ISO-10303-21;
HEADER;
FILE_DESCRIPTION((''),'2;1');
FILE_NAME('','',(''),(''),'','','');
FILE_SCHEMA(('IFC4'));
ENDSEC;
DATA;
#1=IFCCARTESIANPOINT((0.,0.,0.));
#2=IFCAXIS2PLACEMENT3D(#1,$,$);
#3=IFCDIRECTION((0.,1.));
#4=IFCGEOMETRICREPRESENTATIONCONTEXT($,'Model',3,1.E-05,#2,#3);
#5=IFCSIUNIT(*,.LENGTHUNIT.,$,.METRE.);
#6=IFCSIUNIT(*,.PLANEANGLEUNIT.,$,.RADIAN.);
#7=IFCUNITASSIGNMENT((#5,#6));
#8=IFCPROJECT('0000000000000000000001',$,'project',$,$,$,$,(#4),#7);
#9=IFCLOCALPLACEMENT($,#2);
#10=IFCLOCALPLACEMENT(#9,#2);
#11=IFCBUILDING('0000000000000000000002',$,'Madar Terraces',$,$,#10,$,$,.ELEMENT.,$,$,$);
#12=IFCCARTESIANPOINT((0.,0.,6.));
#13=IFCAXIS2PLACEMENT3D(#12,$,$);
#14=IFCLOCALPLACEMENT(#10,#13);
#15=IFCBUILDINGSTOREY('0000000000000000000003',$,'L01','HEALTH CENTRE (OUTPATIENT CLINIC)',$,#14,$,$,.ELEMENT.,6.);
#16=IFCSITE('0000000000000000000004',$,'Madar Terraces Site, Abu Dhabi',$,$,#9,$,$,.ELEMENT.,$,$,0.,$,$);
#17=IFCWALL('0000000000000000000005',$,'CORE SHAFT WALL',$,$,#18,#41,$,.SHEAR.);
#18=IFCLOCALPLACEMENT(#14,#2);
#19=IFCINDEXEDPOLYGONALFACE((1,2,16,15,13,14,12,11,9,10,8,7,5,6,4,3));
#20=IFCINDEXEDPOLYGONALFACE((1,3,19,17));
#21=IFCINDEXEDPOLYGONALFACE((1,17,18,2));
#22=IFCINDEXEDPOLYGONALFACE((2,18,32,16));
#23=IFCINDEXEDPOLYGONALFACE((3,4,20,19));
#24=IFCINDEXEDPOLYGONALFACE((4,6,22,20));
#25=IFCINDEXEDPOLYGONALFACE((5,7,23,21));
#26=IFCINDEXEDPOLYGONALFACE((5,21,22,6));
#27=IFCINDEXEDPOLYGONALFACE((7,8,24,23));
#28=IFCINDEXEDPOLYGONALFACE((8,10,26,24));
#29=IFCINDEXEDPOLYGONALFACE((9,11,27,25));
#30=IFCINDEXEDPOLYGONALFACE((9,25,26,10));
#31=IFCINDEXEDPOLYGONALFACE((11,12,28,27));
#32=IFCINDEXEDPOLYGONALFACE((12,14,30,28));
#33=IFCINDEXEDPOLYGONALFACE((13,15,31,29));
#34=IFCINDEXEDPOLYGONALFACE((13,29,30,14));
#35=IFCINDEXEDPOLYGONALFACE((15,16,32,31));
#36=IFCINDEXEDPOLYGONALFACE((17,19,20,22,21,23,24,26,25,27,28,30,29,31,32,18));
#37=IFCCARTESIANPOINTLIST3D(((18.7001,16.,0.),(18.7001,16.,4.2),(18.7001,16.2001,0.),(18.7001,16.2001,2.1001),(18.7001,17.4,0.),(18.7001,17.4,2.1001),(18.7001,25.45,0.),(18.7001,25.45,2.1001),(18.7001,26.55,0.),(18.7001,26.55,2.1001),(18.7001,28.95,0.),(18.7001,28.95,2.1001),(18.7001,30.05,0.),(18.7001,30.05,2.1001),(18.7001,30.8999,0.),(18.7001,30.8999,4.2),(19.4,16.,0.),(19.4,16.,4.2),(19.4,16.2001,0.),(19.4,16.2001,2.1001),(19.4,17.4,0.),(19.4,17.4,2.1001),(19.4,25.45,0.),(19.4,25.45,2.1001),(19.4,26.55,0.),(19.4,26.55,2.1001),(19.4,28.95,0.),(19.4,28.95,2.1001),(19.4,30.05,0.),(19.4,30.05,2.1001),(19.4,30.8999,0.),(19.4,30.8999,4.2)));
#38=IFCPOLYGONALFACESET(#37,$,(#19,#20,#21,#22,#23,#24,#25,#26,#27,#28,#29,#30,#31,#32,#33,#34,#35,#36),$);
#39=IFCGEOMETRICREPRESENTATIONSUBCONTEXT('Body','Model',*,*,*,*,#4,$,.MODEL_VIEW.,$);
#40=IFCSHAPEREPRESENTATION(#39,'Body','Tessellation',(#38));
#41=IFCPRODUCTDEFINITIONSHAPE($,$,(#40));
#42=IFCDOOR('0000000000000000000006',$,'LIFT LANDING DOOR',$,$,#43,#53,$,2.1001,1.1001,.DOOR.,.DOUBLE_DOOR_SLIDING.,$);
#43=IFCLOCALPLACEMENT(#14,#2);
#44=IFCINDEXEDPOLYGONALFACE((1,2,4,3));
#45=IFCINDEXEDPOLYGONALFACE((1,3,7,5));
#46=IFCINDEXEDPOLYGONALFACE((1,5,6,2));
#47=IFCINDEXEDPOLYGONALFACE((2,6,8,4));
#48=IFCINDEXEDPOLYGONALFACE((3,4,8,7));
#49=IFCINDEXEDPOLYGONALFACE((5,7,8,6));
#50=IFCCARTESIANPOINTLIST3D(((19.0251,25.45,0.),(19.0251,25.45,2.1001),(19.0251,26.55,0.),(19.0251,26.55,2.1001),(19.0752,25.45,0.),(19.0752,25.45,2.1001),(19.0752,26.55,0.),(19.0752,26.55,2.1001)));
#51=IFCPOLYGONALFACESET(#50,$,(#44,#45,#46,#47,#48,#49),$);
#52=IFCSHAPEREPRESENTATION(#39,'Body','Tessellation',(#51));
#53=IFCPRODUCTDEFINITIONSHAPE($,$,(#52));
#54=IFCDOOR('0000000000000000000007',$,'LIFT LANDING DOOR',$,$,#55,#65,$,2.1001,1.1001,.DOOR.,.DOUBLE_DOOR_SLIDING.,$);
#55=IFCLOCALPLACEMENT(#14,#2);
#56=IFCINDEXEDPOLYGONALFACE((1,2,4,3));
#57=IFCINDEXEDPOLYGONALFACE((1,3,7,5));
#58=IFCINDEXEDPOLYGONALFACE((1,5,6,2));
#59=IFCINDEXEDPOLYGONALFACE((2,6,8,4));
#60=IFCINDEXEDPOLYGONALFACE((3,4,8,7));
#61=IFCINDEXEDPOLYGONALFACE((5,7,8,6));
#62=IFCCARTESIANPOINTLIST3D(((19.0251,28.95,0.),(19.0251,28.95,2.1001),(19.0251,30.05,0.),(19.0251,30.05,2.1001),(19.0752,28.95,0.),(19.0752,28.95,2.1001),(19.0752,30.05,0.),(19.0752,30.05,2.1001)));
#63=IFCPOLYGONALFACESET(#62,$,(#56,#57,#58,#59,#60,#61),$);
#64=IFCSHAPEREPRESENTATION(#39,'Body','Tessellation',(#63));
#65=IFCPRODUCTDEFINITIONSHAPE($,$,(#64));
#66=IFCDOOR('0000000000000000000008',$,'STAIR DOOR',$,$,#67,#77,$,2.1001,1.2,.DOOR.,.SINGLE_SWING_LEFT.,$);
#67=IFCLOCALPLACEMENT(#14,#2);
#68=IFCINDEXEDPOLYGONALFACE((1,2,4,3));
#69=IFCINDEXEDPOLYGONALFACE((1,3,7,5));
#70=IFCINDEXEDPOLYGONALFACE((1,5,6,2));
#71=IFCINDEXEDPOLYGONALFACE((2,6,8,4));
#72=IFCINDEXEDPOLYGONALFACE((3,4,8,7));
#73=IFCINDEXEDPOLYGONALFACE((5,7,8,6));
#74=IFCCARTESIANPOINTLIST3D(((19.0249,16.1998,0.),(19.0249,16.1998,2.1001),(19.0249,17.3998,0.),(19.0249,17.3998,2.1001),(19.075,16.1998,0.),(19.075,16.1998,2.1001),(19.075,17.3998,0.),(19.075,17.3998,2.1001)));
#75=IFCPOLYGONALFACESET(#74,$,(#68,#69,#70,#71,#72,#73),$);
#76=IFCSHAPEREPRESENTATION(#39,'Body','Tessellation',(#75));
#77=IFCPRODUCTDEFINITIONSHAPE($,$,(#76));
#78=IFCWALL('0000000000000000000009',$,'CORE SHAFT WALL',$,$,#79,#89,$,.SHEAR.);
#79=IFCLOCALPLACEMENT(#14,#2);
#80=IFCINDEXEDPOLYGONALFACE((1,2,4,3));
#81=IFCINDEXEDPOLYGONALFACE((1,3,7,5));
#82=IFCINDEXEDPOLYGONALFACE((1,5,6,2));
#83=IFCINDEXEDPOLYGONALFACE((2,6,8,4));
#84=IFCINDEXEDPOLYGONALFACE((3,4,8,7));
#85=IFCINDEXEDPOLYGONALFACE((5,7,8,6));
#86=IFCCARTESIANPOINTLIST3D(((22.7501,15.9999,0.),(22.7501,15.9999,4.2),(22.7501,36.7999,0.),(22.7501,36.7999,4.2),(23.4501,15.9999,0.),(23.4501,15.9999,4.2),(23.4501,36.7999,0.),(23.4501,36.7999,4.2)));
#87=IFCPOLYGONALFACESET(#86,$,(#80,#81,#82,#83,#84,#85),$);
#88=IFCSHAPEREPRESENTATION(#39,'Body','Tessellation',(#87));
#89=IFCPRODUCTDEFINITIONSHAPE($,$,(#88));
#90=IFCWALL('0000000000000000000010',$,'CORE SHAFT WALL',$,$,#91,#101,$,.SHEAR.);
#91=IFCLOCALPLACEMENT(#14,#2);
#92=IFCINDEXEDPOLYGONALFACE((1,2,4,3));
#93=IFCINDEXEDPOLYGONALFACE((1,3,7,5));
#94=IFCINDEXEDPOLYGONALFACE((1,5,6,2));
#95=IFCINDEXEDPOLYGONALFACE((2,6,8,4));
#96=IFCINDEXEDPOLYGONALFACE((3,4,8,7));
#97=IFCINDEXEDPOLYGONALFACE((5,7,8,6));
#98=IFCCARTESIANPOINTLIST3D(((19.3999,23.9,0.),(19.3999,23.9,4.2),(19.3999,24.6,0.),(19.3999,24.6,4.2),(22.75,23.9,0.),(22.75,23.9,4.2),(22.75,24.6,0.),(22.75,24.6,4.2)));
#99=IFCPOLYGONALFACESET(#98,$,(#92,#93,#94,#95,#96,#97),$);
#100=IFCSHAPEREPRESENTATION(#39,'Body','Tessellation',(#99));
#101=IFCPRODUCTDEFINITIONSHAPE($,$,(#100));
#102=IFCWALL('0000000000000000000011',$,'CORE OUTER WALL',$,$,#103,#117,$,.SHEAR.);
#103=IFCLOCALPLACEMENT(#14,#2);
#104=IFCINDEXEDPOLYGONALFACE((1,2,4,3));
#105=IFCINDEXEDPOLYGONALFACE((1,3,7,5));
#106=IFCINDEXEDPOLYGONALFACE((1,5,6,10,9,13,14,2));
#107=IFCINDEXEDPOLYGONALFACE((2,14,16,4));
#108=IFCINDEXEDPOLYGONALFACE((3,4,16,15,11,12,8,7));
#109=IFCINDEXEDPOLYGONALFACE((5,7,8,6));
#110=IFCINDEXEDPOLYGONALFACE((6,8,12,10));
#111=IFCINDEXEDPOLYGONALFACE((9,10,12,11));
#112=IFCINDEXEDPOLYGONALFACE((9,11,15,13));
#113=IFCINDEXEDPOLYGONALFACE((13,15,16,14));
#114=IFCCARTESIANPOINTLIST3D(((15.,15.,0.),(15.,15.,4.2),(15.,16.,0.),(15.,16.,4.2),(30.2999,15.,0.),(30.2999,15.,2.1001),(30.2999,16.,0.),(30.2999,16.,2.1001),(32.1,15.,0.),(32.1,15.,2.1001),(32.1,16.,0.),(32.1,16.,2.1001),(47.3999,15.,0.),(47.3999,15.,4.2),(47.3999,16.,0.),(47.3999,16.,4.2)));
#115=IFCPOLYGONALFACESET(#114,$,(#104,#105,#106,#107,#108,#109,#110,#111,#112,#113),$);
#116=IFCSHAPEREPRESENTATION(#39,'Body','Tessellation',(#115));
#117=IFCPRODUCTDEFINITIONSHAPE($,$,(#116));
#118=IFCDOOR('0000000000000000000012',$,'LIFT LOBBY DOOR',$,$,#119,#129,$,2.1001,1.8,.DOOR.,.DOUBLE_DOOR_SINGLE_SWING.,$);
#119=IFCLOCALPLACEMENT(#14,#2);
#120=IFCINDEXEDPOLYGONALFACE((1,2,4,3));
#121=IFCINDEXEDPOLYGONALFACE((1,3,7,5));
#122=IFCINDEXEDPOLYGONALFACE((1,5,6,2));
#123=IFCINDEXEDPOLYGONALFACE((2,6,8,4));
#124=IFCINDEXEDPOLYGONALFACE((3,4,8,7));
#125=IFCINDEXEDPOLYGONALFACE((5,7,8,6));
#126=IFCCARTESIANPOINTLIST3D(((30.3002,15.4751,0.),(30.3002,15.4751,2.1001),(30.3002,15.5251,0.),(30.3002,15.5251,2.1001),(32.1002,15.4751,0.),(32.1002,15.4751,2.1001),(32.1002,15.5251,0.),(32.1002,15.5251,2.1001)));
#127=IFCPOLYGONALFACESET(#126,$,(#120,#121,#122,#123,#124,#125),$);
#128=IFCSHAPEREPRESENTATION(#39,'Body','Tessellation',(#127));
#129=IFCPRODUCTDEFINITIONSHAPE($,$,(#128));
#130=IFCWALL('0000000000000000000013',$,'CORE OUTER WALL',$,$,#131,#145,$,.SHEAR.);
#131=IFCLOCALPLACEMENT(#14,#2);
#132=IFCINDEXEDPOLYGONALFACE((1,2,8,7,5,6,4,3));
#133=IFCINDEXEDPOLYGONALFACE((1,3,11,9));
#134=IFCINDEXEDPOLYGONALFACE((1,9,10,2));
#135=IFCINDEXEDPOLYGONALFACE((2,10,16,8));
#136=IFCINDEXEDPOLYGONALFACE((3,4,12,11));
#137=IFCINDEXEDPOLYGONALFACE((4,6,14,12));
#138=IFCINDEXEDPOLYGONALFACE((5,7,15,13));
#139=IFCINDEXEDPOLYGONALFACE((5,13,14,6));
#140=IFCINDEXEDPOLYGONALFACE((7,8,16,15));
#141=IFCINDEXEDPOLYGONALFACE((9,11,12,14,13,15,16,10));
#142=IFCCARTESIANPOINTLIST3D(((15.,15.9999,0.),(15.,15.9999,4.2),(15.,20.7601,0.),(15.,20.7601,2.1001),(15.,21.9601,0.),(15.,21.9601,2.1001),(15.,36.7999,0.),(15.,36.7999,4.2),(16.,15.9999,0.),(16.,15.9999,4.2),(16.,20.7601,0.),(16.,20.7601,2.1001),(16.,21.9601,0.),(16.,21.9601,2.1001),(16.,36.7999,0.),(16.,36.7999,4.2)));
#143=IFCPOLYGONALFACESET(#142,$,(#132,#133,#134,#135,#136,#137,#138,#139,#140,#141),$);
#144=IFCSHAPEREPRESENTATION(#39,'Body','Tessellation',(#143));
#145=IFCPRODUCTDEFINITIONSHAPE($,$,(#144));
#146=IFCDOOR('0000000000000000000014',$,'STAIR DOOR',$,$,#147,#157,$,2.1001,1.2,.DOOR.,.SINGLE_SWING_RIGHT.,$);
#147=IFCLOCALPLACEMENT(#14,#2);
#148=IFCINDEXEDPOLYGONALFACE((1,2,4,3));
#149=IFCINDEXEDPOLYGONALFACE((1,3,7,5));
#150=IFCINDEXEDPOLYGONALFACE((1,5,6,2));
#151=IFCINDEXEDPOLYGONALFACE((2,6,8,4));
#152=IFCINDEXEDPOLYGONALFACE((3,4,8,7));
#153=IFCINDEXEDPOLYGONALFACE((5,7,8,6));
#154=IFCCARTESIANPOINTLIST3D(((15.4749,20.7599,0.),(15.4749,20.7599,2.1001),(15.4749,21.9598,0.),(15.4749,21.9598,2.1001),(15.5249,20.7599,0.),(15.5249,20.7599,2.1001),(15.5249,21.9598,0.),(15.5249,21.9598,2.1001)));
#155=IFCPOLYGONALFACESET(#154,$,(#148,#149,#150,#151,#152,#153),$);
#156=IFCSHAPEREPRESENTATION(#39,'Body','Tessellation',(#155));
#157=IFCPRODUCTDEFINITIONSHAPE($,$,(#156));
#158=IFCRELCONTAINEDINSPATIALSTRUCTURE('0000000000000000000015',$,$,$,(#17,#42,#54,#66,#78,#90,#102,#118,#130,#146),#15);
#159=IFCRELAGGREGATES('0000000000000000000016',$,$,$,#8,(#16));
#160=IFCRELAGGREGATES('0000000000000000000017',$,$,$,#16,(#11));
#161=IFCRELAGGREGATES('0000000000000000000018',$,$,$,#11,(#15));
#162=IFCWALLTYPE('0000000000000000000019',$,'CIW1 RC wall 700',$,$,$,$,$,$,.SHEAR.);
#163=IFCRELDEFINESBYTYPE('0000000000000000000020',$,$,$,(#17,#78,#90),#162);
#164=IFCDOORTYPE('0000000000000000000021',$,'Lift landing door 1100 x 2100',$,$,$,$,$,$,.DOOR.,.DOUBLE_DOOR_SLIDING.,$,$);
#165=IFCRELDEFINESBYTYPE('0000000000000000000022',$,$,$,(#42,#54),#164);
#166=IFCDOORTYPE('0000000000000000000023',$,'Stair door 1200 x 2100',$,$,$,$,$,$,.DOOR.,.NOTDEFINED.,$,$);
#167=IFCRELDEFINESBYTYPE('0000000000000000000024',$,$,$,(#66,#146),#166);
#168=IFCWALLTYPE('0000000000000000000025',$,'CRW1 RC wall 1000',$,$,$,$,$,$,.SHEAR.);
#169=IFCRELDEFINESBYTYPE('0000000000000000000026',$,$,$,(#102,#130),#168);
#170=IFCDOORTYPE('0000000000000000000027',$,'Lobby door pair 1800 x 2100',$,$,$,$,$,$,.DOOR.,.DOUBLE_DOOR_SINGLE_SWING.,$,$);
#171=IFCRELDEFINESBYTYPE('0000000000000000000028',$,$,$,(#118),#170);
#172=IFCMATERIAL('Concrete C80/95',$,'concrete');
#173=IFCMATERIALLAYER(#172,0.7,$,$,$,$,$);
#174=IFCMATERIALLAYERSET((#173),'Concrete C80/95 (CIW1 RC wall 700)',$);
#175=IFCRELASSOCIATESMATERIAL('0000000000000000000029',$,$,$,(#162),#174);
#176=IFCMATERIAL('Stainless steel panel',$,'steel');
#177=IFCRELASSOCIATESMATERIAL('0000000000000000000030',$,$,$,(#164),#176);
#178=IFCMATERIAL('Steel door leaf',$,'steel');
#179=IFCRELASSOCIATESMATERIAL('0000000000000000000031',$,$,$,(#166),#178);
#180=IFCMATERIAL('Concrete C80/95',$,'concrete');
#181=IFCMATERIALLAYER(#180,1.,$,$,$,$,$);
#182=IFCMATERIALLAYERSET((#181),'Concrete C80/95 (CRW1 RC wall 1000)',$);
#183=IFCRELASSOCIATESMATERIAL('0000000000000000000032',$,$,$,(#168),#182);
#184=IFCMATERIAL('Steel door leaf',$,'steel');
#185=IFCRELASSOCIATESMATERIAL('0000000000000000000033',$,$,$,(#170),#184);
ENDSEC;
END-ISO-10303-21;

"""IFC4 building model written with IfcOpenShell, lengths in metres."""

from ifc_helpers import new_model, si_unit, direction, frame, frame_2d, origin, place, context, subcontext, project, spatial, rectangle, extrude, material, layer, layer_set, type_object, element, fill, save


model = new_model("IFC4")

# Units and contexts
model_context = context("Model", 3, precision=1e-05, world=origin(), true_north=direction((0.0, 1.0)))
body_context = subcontext(model_context, "Body", "Model", "MODEL_VIEW")
ifc_project = project(units=[si_unit("LENGTHUNIT", "METRE"), si_unit("PLANEANGLEUNIT", "RADIAN")], contexts=[model_context])

# Site, building, storey
site_placement = place(None, origin())
site = spatial("IfcSite", under=ifc_project, at=site_placement, Name="Madar Terraces Site, Abu Dhabi", CompositionType="ELEMENT", RefElevation=0.0)
building_placement = place(site_placement, origin())
building = spatial("IfcBuilding", under=site, at=building_placement, Name="Madar Terraces", CompositionType="ELEMENT")
storey_placement = place(building_placement, frame((0.0, 0.0, 6.0)))
storey = spatial("IfcBuildingStorey", under=building, at=storey_placement, Name="L01", Description="HEALTH CENTRE (OUTPATIENT CLINIC)", CompositionType="ELEMENT", Elevation=6.0)

# Wall, openings, doors
ifc_material_1 = material(Name="Concrete C80/95", Category="concrete")
ifc_layer_1 = layer(ifc_material_1, 0.7)
ifc_layer_set_1 = layer_set([ifc_layer_1], Name="Concrete C80/95 (CIW1 RC wall 700)")
wall_type_1 = type_object("IfcWallType", Name="CIW1 RC wall 700", PredefinedType="SHEAR", material=ifc_layer_set_1)
wall_1_placement = place(storey_placement, frame((19.05, 16.0, 0.0), z_axis=(0.0, 0.0, 1.0), x_axis=(0.0, 1.0, 0.0)))
wall_1 = element("IfcWall", 1, at=wall_1_placement, inside=storey, type_object=wall_type_1, Name="CORE SHAFT WALL", PredefinedType="SHEAR", context=body_context, shape_type="SweptSolid", body=[
    extrude(rectangle(XDim=14.8999, YDim=0.7, at=frame_2d((7.45, 0.0))), origin(), (0.0, 0.0, 1.0), 4.2),
])
opening_1_placement = place(wall_1_placement, frame((9.45, 0.0, 0.0)))
opening_1 = element("IfcOpeningElement", 2, at=opening_1_placement, cuts=wall_1, PredefinedType="OPENING", context=body_context, shape_type="SweptSolid", body=[
    extrude(rectangle(XDim=1.1001, YDim=2.1001, at=frame_2d((0.55, 1.05))), frame((0.0, 0.3599, 0.0), z_axis=(0.0, -1.0, 0.0), x_axis=(1.0, 0.0, 0.0)), (0.0, 0.0, 1.0), 0.72),
])
opening_2_placement = place(wall_1_placement, frame((12.95, 0.0, 0.0)))
opening_2 = element("IfcOpeningElement", 3, at=opening_2_placement, cuts=wall_1, PredefinedType="OPENING", context=body_context, shape_type="SweptSolid", body=[
    extrude(rectangle(XDim=1.1001, YDim=2.1001, at=frame_2d((0.55, 1.05))), frame((0.0, 0.3599, 0.0), z_axis=(0.0, -1.0, 0.0), x_axis=(1.0, 0.0, 0.0)), (0.0, 0.0, 1.0), 0.72),
])
opening_3_placement = place(wall_1_placement, frame((0.2, 0.0, 0.0)))
opening_3 = element("IfcOpeningElement", 4, at=opening_3_placement, cuts=wall_1, PredefinedType="OPENING", context=body_context, shape_type="SweptSolid", body=[
    extrude(rectangle(XDim=1.2, YDim=2.1001, at=frame_2d((0.6001, 1.05))), frame((0.0, 0.3599, 0.0), z_axis=(0.0, -1.0, 0.0), x_axis=(1.0, 0.0, 0.0)), (0.0, 0.0, 1.0), 0.72),
])
ifc_material_2 = material(Name="Stainless steel panel", Category="steel")
door_type_1 = type_object("IfcDoorType", Name="Lift landing door 1100 x 2100", OperationType="DOUBLE_DOOR_SLIDING", PredefinedType="DOOR", material=ifc_material_2)
door_1_placement = place(opening_1_placement, origin())
door_1 = element("IfcDoor", 5, at=door_1_placement, inside=storey, type_object=door_type_1, Name="LIFT LANDING DOOR", OperationType="DOUBLE_DOOR_SLIDING", OverallHeight=2.1001, OverallWidth=1.1001, PredefinedType="DOOR", context=body_context, shape_type="SweptSolid", body=[
    extrude(rectangle(XDim=1.1001, YDim=2.1001, at=frame_2d((0.55, 1.05))), frame((0.0, 0.0249, 0.0), z_axis=(0.0, -1.0, 0.0), x_axis=(1.0, 0.0, 0.0)), (0.0, 0.0, 1.0), 0.05),
])
fill(opening_1, door_1)
door_2_placement = place(opening_2_placement, origin())
door_2 = element("IfcDoor", 6, at=door_2_placement, inside=storey, type_object=door_type_1, Name="LIFT LANDING DOOR", OperationType="DOUBLE_DOOR_SLIDING", OverallHeight=2.1001, OverallWidth=1.1001, PredefinedType="DOOR", context=body_context, shape_type="SweptSolid", body=[
    extrude(rectangle(XDim=1.1001, YDim=2.1001, at=frame_2d((0.55, 1.05))), frame((0.0, 0.0249, 0.0), z_axis=(0.0, -1.0, 0.0), x_axis=(1.0, 0.0, 0.0)), (0.0, 0.0, 1.0), 0.05),
])
fill(opening_2, door_2)
ifc_material_3 = material(Name="Steel door leaf", Category="steel")
door_type_2 = type_object("IfcDoorType", Name="Stair door 1200 x 2100", OperationType="NOTDEFINED", PredefinedType="DOOR", material=ifc_material_3)
door_3_placement = place(opening_3_placement, frame((1.2, 0.0, 0.0), z_axis=(0.0, 0.0, 1.0), x_axis=(-1.0, 0.0, 0.0)))
door_3 = element("IfcDoor", 7, at=door_3_placement, inside=storey, type_object=door_type_2, Name="STAIR DOOR", OperationType="SINGLE_SWING_LEFT", OverallHeight=2.1001, OverallWidth=1.2, PredefinedType="DOOR", context=body_context, shape_type="SweptSolid", body=[
    extrude(rectangle(XDim=1.2, YDim=2.1001, at=frame_2d((0.6001, 1.05))), frame((0.0, 0.0249, 0.0), z_axis=(0.0, -1.0, 0.0), x_axis=(1.0, 0.0, 0.0)), (0.0, 0.0, 1.0), 0.05),
])
fill(opening_3, door_3)

# Walls
wall_2_placement = place(storey_placement, frame((23.1001, 16.0, 0.0), z_axis=(0.0, 0.0, 1.0), x_axis=(0.0, 1.0, 0.0)))
element("IfcWall", 8, at=wall_2_placement, inside=storey, type_object=wall_type_1, Name="CORE SHAFT WALL", PredefinedType="SHEAR", context=body_context, shape_type="SweptSolid", body=[
    extrude(rectangle(XDim=20.8, YDim=0.7, at=frame_2d((10.3999, 0.0))), origin(), (0.0, 0.0, 1.0), 4.2),
])
wall_3_placement = place(storey_placement, frame((19.3999, 24.25, 0.0), z_axis=(0.0, 0.0, 1.0), x_axis=(1.0, 0.0, 0.0)))
element("IfcWall", 9, at=wall_3_placement, inside=storey, type_object=wall_type_1, Name="CORE SHAFT WALL", PredefinedType="SHEAR", context=body_context, shape_type="SweptSolid", body=[
    extrude(rectangle(XDim=3.3501, YDim=0.7, at=frame_2d((1.675, 0.0))), origin(), (0.0, 0.0, 1.0), 4.2),
])

# Walls, openings, doors
ifc_material_4 = material(Name="Concrete C80/95", Category="concrete")
ifc_layer_2 = layer(ifc_material_4, 1.0)
ifc_layer_set_2 = layer_set([ifc_layer_2], Name="Concrete C80/95 (CRW1 RC wall 1000)")
wall_type_2 = type_object("IfcWallType", Name="CRW1 RC wall 1000", PredefinedType="SHEAR", material=ifc_layer_set_2)
wall_4_placement = place(storey_placement, frame((15.0, 15.5, 0.0), z_axis=(0.0, 0.0, 1.0), x_axis=(1.0, 0.0, 0.0)))
wall_4 = element("IfcWall", 10, at=wall_4_placement, inside=storey, type_object=wall_type_2, Name="CORE OUTER WALL", PredefinedType="SHEAR", context=body_context, shape_type="SweptSolid", body=[
    extrude(rectangle(XDim=32.3999, YDim=1.0, at=frame_2d((16.2, 0.0))), origin(), (0.0, 0.0, 1.0), 4.2),
])
opening_4_placement = place(wall_4_placement, frame((15.3, 0.0, 0.0)))
opening_4 = element("IfcOpeningElement", 11, at=opening_4_placement, cuts=wall_4, PredefinedType="OPENING", context=body_context, shape_type="SweptSolid", body=[
    extrude(rectangle(XDim=1.8, YDim=2.1001, at=frame_2d((0.8999, 1.05))), frame((0.0, 0.51, 0.0), z_axis=(0.0, -1.0, 0.0), x_axis=(1.0, 0.0, 0.0)), (0.0, 0.0, 1.0), 1.02),
])
ifc_material_5 = material(Name="Steel door leaf", Category="steel")
door_type_3 = type_object("IfcDoorType", Name="Lobby door pair 1800 x 2100", OperationType="DOUBLE_DOOR_SINGLE_SWING", PredefinedType="DOOR", material=ifc_material_5)
door_4_placement = place(opening_4_placement, frame((1.8, 0.0, 0.0), z_axis=(0.0, 0.0, 1.0), x_axis=(-1.0, 0.0, 0.0)))
door_4 = element("IfcDoor", 12, at=door_4_placement, inside=storey, type_object=door_type_3, Name="LIFT LOBBY DOOR", OperationType="DOUBLE_DOOR_SINGLE_SWING", OverallHeight=2.1001, OverallWidth=1.8, PredefinedType="DOOR", context=body_context, shape_type="SweptSolid", body=[
    extrude(rectangle(XDim=1.8, YDim=2.1001, at=frame_2d((0.8999, 1.05))), frame((0.0, 0.0249, 0.0), z_axis=(0.0, -1.0, 0.0), x_axis=(1.0, 0.0, 0.0)), (0.0, 0.0, 1.0), 0.05),
])
fill(opening_4, door_4)
wall_5_placement = place(storey_placement, frame((15.5, 16.0, 0.0), z_axis=(0.0, 0.0, 1.0), x_axis=(0.0, 1.0, 0.0)))
wall_5 = element("IfcWall", 13, at=wall_5_placement, inside=storey, type_object=wall_type_2, Name="CORE OUTER WALL", PredefinedType="SHEAR", context=body_context, shape_type="SweptSolid", body=[
    extrude(rectangle(XDim=20.8, YDim=1.0, at=frame_2d((10.3999, 0.0))), origin(), (0.0, 0.0, 1.0), 4.2),
])
opening_5_placement = place(wall_5_placement, frame((4.76, 0.0, 0.0)))
opening_5 = element("IfcOpeningElement", 14, at=opening_5_placement, cuts=wall_5, PredefinedType="OPENING", context=body_context, shape_type="SweptSolid", body=[
    extrude(rectangle(XDim=1.2, YDim=2.1001, at=frame_2d((0.6001, 1.05))), frame((0.0, 0.51, 0.0), z_axis=(0.0, -1.0, 0.0), x_axis=(1.0, 0.0, 0.0)), (0.0, 0.0, 1.0), 1.02),
])
door_5_placement = place(opening_5_placement, frame((1.2, 0.0, 0.0), z_axis=(0.0, 0.0, 1.0), x_axis=(-1.0, 0.0, 0.0)))
door_5 = element("IfcDoor", 15, at=door_5_placement, inside=storey, type_object=door_type_2, Name="STAIR DOOR", OperationType="SINGLE_SWING_RIGHT", OverallHeight=2.1001, OverallWidth=1.2, PredefinedType="DOOR", context=body_context, shape_type="SweptSolid", body=[
    extrude(rectangle(XDim=1.2, YDim=2.1001, at=frame_2d((0.6001, 1.05))), frame((0.0, 0.0249, 0.0), z_axis=(0.0, -1.0, 0.0), x_axis=(1.0, 0.0, 0.0)), (0.0, 0.0, 1.0), 0.05),
])
fill(opening_5, door_5)

save(model, "model.ifc")
